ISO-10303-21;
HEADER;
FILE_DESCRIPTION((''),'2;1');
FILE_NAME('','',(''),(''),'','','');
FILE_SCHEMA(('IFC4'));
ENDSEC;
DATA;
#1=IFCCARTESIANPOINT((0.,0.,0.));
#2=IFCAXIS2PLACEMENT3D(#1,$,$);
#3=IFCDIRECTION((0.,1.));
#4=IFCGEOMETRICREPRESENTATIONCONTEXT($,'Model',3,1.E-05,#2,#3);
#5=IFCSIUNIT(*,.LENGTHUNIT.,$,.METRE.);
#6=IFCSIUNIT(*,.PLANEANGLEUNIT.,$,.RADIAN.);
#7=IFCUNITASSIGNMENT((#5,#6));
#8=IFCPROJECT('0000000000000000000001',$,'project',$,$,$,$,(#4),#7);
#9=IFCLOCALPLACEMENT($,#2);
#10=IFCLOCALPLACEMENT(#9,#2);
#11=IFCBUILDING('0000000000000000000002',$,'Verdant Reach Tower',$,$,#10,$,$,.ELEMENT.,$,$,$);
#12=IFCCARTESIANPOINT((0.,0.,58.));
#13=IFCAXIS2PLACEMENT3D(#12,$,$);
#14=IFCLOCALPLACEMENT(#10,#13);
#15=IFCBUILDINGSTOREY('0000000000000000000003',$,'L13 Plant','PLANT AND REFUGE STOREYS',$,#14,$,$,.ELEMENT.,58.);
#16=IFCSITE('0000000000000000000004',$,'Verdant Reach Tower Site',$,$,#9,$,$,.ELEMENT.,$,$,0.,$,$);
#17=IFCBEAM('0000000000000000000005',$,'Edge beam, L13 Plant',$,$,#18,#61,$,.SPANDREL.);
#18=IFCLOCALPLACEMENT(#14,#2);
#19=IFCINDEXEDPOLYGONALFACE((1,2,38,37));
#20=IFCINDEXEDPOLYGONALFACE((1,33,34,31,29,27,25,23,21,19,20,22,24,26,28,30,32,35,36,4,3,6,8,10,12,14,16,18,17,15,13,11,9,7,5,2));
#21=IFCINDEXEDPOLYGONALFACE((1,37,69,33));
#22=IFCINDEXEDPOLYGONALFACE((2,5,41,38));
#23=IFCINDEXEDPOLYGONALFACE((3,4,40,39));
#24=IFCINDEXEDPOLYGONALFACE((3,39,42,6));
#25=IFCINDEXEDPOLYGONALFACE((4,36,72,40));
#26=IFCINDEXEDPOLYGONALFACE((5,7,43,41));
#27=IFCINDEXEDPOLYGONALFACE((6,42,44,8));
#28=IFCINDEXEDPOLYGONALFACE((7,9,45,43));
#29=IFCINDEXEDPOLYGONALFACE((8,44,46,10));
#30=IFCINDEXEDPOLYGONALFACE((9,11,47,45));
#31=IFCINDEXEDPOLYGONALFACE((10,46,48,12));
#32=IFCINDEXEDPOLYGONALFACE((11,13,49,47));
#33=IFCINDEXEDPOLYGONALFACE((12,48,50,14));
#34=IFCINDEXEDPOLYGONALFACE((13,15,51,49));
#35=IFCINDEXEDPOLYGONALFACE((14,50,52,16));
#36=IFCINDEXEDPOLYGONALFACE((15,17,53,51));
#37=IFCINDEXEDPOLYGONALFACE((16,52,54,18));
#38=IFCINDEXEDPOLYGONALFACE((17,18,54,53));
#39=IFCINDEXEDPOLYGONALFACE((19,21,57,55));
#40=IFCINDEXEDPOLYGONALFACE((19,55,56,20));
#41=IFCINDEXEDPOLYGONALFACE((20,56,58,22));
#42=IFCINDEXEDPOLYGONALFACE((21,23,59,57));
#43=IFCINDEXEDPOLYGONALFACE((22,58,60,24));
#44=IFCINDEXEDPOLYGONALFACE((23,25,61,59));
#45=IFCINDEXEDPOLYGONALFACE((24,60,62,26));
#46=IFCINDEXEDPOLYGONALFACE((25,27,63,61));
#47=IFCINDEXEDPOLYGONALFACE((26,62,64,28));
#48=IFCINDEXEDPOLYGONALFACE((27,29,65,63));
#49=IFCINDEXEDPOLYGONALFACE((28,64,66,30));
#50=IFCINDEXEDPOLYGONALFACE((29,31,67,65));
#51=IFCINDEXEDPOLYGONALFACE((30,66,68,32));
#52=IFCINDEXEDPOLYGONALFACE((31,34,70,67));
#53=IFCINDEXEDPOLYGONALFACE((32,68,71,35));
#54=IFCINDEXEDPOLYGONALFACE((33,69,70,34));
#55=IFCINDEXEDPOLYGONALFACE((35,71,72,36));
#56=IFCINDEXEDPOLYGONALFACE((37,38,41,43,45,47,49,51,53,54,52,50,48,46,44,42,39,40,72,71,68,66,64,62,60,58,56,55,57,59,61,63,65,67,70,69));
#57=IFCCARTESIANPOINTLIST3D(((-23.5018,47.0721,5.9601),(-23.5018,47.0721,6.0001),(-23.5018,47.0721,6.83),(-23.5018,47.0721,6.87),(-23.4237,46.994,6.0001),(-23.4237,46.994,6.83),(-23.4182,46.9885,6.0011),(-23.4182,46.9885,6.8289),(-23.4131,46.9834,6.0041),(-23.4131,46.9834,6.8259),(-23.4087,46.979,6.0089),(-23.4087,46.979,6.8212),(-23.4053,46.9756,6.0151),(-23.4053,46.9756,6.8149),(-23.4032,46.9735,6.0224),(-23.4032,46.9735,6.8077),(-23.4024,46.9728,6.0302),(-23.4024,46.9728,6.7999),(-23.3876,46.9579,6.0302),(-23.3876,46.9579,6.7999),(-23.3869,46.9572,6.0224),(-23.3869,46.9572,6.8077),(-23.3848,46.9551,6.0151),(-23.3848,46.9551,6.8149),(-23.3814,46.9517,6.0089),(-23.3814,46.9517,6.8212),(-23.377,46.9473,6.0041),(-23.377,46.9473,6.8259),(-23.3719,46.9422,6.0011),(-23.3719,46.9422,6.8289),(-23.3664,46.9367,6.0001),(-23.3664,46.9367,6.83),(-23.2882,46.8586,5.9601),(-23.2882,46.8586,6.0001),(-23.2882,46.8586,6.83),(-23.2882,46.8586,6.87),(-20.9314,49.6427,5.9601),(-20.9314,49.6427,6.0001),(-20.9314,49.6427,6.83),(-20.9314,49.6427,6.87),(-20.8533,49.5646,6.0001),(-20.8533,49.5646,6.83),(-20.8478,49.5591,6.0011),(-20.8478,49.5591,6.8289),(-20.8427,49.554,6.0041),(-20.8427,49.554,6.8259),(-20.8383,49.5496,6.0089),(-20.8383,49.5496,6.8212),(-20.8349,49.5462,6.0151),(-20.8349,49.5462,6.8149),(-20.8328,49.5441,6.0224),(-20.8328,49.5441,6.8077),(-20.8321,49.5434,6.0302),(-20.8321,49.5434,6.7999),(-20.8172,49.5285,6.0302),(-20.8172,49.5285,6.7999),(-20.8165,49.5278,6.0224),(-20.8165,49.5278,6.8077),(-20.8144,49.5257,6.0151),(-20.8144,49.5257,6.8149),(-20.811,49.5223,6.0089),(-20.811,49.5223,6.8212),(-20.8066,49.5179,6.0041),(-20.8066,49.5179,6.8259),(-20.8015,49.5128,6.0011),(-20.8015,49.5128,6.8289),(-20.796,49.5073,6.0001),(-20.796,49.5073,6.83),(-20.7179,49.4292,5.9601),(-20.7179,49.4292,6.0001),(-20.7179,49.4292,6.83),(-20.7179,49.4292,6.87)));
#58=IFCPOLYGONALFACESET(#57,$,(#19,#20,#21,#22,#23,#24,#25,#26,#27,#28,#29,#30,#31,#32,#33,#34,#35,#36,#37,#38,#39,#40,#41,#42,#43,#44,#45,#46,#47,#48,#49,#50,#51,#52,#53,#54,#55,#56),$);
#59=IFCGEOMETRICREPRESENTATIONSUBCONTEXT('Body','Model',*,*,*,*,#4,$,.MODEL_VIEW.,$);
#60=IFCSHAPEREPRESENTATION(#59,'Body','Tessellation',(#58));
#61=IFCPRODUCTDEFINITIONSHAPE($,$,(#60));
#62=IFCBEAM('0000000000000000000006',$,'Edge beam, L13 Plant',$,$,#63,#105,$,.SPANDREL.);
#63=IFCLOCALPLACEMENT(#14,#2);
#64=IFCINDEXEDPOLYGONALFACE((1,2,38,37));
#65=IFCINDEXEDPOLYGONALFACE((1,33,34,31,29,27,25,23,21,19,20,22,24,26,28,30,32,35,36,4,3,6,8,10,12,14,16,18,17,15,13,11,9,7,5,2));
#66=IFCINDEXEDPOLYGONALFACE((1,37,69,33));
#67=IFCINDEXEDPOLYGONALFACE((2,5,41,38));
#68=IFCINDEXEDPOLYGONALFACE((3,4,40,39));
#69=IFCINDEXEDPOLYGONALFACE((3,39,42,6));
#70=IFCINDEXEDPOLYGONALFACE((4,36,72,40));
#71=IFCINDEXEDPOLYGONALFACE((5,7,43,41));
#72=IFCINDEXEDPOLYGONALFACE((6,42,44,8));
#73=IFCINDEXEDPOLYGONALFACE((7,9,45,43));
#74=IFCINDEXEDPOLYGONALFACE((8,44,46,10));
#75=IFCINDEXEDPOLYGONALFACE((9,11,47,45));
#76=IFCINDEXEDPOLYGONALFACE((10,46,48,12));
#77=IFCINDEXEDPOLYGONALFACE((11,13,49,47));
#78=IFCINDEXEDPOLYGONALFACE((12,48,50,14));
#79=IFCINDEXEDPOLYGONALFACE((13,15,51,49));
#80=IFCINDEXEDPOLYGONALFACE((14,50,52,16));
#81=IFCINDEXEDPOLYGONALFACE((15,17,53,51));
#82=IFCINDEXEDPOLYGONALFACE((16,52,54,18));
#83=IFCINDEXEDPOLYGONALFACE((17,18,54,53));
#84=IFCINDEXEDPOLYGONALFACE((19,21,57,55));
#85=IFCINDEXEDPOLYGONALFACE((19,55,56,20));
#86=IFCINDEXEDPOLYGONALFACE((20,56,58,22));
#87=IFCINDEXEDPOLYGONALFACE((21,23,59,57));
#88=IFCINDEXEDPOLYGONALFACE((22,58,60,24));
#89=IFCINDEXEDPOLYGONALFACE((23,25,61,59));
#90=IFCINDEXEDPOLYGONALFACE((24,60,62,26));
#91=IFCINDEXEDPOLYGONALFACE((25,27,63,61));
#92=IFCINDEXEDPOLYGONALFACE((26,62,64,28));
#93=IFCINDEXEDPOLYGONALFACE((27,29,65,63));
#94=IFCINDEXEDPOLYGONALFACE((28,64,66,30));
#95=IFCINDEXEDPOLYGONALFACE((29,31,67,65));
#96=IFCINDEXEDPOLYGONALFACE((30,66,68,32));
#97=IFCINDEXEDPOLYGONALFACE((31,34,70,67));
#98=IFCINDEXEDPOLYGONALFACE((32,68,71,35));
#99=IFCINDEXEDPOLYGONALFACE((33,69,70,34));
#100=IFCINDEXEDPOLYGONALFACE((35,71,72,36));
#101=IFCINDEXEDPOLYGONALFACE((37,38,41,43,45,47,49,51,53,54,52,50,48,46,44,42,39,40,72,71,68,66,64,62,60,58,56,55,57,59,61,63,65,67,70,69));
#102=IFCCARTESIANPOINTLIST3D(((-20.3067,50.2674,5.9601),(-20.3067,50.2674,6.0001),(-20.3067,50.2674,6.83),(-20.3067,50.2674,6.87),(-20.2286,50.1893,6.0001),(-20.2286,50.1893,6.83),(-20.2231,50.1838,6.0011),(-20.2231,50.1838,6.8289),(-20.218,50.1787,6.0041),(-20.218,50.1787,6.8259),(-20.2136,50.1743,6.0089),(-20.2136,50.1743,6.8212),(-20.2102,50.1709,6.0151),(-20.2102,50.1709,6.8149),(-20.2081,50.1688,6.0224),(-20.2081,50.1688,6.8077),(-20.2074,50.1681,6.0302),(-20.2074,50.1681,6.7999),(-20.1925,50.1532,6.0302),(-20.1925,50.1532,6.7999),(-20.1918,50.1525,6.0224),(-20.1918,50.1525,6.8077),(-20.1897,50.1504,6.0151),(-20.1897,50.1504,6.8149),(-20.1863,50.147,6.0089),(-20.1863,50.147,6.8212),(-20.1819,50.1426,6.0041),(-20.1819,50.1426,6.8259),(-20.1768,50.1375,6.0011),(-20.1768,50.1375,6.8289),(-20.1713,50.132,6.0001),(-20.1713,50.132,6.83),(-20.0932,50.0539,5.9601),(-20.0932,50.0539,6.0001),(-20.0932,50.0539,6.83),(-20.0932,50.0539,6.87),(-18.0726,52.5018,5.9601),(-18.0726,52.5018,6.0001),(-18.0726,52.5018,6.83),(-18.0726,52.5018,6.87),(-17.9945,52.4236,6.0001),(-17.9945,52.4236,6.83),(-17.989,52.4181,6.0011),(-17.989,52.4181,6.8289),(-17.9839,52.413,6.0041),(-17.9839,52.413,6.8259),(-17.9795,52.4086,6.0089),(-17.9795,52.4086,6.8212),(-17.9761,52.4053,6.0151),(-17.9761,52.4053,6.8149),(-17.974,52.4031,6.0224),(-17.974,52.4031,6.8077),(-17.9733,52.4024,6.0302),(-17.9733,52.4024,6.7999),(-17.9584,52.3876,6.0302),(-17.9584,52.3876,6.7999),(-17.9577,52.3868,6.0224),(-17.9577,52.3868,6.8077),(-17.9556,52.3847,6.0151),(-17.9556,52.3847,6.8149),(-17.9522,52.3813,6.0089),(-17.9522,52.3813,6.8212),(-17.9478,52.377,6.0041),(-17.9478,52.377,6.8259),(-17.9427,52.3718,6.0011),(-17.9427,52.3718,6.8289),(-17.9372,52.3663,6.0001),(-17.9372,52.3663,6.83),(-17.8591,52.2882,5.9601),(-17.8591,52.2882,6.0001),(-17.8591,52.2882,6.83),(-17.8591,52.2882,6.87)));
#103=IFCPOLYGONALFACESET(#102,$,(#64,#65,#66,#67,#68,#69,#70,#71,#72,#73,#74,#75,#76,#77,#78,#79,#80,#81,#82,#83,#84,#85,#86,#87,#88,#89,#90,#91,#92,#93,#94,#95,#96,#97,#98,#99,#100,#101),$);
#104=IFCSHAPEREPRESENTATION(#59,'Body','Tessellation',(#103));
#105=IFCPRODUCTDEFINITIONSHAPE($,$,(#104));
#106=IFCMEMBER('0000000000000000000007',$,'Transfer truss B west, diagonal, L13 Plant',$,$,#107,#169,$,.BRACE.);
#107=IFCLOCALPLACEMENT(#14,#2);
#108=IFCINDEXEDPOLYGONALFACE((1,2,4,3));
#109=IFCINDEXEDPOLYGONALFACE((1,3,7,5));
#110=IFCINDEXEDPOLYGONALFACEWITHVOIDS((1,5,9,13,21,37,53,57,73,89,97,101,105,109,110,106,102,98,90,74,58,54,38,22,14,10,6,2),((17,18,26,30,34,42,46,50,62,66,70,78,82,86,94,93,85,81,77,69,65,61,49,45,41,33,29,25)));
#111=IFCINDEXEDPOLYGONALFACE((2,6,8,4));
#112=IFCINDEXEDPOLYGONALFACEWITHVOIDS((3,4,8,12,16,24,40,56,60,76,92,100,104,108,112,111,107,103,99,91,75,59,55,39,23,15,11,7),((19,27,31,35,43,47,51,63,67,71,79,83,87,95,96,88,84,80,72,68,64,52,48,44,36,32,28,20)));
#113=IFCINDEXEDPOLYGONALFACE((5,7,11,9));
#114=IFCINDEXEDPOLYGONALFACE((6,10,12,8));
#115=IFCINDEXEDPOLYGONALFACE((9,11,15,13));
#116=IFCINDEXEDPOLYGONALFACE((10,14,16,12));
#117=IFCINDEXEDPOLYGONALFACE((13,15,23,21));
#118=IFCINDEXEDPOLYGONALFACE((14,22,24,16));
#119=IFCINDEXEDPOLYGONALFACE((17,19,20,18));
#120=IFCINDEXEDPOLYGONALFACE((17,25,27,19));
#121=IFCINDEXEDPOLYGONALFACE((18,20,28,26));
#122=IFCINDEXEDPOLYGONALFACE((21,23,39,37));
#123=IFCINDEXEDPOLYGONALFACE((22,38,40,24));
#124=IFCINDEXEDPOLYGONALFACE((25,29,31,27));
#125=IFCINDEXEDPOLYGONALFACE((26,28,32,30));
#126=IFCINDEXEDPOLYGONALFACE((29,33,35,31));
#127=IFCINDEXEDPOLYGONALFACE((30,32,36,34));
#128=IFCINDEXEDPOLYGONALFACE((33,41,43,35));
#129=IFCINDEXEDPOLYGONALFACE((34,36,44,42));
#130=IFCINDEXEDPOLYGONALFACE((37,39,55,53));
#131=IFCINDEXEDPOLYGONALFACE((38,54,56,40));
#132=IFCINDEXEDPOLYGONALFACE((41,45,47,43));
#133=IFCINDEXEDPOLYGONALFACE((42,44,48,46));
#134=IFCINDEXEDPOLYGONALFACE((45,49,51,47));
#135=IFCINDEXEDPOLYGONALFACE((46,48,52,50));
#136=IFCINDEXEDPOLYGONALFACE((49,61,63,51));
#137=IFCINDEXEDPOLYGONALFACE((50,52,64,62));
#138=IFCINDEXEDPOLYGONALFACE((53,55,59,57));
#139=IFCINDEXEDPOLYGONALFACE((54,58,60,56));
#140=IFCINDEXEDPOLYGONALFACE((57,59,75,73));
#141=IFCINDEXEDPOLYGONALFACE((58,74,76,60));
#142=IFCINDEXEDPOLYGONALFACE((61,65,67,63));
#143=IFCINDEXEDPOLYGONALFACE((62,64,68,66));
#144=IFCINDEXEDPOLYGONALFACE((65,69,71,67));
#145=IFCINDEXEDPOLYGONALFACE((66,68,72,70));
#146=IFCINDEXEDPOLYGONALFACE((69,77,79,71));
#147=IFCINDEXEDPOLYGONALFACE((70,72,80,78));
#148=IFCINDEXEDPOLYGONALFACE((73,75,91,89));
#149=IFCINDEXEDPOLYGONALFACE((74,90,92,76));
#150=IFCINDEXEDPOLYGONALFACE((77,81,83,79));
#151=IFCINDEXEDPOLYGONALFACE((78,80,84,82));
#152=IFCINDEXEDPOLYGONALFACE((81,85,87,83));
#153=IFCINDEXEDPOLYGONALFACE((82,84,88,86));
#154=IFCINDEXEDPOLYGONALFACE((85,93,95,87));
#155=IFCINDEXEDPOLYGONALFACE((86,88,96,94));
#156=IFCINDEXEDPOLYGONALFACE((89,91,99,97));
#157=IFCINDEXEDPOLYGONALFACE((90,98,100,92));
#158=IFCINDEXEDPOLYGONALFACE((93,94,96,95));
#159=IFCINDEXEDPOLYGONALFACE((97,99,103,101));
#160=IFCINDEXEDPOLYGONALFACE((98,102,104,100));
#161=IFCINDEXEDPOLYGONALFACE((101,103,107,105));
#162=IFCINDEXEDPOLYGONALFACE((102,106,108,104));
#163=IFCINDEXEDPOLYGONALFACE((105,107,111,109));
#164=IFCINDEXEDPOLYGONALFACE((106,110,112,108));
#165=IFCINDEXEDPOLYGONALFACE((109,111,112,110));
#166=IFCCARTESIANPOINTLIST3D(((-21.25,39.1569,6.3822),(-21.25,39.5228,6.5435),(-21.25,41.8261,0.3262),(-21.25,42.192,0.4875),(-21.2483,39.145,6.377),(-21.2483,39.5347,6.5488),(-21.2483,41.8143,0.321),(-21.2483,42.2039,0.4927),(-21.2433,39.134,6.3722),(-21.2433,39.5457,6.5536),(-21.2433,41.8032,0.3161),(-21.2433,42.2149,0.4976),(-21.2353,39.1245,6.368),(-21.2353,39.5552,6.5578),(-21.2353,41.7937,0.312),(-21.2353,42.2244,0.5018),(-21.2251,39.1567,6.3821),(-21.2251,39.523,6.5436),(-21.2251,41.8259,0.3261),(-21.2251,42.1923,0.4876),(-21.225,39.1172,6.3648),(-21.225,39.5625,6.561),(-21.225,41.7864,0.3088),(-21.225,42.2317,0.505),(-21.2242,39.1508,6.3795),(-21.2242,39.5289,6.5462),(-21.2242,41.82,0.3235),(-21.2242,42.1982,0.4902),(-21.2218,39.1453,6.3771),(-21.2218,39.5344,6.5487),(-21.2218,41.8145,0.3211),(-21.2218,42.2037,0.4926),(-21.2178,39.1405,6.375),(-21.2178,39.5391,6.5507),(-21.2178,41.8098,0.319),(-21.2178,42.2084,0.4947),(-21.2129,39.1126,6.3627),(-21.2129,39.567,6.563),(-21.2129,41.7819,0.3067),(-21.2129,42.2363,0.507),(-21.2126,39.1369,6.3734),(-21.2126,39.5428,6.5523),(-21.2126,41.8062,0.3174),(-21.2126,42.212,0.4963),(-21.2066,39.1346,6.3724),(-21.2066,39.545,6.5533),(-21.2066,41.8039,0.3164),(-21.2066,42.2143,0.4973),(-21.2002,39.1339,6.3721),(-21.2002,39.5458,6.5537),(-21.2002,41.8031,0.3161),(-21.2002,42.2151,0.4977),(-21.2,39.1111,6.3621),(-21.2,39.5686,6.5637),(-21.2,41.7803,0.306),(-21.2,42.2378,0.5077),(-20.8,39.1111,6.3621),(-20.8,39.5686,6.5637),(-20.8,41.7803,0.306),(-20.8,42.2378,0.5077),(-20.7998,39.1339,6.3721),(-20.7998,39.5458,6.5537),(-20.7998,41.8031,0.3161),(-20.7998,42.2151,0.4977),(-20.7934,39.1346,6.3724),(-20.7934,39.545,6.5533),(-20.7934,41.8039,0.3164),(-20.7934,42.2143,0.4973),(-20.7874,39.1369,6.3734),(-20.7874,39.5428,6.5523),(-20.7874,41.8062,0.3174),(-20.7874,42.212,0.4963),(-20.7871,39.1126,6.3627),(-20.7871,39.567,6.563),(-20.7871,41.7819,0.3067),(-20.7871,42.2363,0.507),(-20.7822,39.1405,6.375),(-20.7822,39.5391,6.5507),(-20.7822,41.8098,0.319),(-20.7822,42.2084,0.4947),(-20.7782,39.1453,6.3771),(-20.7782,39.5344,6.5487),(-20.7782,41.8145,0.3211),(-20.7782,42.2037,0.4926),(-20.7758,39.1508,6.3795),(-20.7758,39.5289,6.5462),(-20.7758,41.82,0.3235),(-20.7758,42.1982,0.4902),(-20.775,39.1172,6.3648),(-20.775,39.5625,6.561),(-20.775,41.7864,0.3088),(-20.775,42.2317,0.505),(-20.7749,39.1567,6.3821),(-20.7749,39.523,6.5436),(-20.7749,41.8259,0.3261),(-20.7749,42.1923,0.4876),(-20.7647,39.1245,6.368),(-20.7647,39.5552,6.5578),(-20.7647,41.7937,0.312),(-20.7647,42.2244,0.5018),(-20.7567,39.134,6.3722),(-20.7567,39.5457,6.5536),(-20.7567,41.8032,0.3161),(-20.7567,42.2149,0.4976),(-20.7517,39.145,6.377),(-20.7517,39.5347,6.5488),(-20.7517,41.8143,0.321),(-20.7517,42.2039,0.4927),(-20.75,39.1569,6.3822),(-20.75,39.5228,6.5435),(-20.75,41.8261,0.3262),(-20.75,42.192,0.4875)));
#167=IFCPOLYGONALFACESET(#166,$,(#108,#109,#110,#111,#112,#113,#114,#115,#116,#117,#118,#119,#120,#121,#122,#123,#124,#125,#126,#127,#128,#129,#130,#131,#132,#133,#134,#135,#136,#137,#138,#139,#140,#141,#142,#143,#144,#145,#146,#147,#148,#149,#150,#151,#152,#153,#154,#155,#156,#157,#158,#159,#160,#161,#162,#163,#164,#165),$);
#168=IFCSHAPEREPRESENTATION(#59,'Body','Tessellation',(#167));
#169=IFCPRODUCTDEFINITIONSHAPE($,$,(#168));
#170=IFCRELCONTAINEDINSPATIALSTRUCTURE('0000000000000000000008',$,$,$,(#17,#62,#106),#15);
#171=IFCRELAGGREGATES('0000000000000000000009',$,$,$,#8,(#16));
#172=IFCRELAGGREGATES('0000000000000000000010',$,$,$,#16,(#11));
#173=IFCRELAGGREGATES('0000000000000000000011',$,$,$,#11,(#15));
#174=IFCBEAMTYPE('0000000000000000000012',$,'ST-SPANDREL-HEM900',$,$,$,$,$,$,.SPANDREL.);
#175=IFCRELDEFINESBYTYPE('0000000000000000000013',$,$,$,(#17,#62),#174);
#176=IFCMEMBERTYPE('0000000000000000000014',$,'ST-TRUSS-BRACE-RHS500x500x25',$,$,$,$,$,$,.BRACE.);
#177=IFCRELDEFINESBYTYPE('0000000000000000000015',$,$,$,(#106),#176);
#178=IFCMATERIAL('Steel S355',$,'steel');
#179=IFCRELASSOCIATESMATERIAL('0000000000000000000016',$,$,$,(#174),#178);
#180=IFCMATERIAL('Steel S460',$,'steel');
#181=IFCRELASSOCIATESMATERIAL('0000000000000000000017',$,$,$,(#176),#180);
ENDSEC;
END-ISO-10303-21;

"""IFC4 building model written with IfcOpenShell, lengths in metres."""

from ifc_helpers import new_model, si_unit, direction, frame, origin, origin_2d, place, context, subcontext, project, spatial, hollow_rectangle, i_section, extrude, material, material_profile, profile_set, type_object, element, save


model = new_model("IFC4")

# Units and contexts
model_context = context("Model", 3, precision=1e-05, world=origin(), true_north=direction((0.0, 1.0)))
body_context = subcontext(model_context, "Body", "Model", "MODEL_VIEW")
ifc_project = project(units=[si_unit("LENGTHUNIT", "METRE"), si_unit("PLANEANGLEUNIT", "RADIAN")], contexts=[model_context])

# Site, building, storey
site_placement = place(None, origin())
site = spatial("IfcSite", under=ifc_project, at=site_placement, Name="Verdant Reach Tower Site", CompositionType="ELEMENT", RefElevation=0.0)
building_placement = place(site_placement, origin())
building = spatial("IfcBuilding", under=site, at=building_placement, Name="Verdant Reach Tower", CompositionType="ELEMENT")
storey_placement = place(building_placement, frame((0.0, 0.0, 58.0)))
storey = spatial("IfcBuildingStorey", under=building, at=storey_placement, Name="L13 Plant", Description="PLANT AND REFUGE STOREYS", CompositionType="ELEMENT", Elevation=58.0)

# Shared definitions
ifc_material_1 = material(Name="Steel S460", Category="steel")

# Beams
ifc_material_2 = material(Name="Steel S355", Category="steel")
ifc_material_profile_1 = material_profile(ifc_material_2, i_section(OverallWidth=0.302, OverallDepth=0.9099, WebThickness=0.021, FlangeThickness=0.04, FilletRadius=0.03, at=origin_2d()), Name="HEM 900")
ifc_profile_set_1 = profile_set([ifc_material_profile_1], Name="Steel S355")
beam_type_1 = type_object("IfcBeamType", Name="ST-SPANDREL-HEM900", PredefinedType="SPANDREL", material=ifc_profile_set_1)
beam_1_placement = place(storey_placement, frame((-23.395, 46.9653, 6.415), z_axis=(0.707073, 0.70714, 0.0), x_axis=(-0.70714, 0.707073, 0.0)))
element("IfcBeam", 1, at=beam_1_placement, inside=storey, type_object=beam_type_1, Name="Edge beam, L13 Plant", PredefinedType="SPANDREL", context=body_context, shape_type="SweptSolid", body=[
    extrude(i_section(OverallWidth=0.302, OverallDepth=0.9099, WebThickness=0.021, FlangeThickness=0.04, FilletRadius=0.03, at=origin_2d()), origin(), (0.0, 0.0, 1.0), 3.6353),
])
beam_2_placement = place(storey_placement, frame((-20.2, 50.1606, 6.415), z_axis=(0.707068, 0.707145, 0.0), x_axis=(-0.707145, 0.707068, 0.0)))
element("IfcBeam", 2, at=beam_2_placement, inside=storey, type_object=beam_type_1, Name="Edge beam, L13 Plant", PredefinedType="SPANDREL", context=body_context, shape_type="SweptSolid", body=[
    extrude(i_section(OverallWidth=0.302, OverallDepth=0.9099, WebThickness=0.021, FlangeThickness=0.04, FilletRadius=0.03, at=origin_2d()), origin(), (0.0, 0.0, 1.0), 3.1597),
])

# Member
ifc_material_profile_2 = material_profile(ifc_material_1, hollow_rectangle(XDim=0.5, YDim=0.5, WallThickness=0.0249, InnerFilletRadius=0.0249, OuterFilletRadius=0.05, at=origin_2d()), Name="RHS 500x500x25")
ifc_profile_set_2 = profile_set([ifc_material_profile_2], Name="Steel S460")
member_type_1 = type_object("IfcMemberType", Name="ST-TRUSS-BRACE-RHS500x500x25", PredefinedType="BRACE", material=ifc_profile_set_2)
member_1_placement = place(storey_placement, frame((-21.0, 39.3398, 6.4629), z_axis=(0.0, 0.40332, -0.915059), x_axis=(-1.0, 0.0, 0.0)))
element("IfcMember", 3, at=member_1_placement, inside=storey, type_object=member_type_1, Name="Transfer truss B west, diagonal, L13 Plant", PredefinedType="BRACE", context=body_context, shape_type="SweptSolid", body=[
    extrude(hollow_rectangle(XDim=0.5, YDim=0.5, WallThickness=0.0249, InnerFilletRadius=0.0249, OuterFilletRadius=0.05, at=origin_2d()), origin(), (0.0, 0.0, 1.0), 6.6182),
])

save(model, "model.ifc")
